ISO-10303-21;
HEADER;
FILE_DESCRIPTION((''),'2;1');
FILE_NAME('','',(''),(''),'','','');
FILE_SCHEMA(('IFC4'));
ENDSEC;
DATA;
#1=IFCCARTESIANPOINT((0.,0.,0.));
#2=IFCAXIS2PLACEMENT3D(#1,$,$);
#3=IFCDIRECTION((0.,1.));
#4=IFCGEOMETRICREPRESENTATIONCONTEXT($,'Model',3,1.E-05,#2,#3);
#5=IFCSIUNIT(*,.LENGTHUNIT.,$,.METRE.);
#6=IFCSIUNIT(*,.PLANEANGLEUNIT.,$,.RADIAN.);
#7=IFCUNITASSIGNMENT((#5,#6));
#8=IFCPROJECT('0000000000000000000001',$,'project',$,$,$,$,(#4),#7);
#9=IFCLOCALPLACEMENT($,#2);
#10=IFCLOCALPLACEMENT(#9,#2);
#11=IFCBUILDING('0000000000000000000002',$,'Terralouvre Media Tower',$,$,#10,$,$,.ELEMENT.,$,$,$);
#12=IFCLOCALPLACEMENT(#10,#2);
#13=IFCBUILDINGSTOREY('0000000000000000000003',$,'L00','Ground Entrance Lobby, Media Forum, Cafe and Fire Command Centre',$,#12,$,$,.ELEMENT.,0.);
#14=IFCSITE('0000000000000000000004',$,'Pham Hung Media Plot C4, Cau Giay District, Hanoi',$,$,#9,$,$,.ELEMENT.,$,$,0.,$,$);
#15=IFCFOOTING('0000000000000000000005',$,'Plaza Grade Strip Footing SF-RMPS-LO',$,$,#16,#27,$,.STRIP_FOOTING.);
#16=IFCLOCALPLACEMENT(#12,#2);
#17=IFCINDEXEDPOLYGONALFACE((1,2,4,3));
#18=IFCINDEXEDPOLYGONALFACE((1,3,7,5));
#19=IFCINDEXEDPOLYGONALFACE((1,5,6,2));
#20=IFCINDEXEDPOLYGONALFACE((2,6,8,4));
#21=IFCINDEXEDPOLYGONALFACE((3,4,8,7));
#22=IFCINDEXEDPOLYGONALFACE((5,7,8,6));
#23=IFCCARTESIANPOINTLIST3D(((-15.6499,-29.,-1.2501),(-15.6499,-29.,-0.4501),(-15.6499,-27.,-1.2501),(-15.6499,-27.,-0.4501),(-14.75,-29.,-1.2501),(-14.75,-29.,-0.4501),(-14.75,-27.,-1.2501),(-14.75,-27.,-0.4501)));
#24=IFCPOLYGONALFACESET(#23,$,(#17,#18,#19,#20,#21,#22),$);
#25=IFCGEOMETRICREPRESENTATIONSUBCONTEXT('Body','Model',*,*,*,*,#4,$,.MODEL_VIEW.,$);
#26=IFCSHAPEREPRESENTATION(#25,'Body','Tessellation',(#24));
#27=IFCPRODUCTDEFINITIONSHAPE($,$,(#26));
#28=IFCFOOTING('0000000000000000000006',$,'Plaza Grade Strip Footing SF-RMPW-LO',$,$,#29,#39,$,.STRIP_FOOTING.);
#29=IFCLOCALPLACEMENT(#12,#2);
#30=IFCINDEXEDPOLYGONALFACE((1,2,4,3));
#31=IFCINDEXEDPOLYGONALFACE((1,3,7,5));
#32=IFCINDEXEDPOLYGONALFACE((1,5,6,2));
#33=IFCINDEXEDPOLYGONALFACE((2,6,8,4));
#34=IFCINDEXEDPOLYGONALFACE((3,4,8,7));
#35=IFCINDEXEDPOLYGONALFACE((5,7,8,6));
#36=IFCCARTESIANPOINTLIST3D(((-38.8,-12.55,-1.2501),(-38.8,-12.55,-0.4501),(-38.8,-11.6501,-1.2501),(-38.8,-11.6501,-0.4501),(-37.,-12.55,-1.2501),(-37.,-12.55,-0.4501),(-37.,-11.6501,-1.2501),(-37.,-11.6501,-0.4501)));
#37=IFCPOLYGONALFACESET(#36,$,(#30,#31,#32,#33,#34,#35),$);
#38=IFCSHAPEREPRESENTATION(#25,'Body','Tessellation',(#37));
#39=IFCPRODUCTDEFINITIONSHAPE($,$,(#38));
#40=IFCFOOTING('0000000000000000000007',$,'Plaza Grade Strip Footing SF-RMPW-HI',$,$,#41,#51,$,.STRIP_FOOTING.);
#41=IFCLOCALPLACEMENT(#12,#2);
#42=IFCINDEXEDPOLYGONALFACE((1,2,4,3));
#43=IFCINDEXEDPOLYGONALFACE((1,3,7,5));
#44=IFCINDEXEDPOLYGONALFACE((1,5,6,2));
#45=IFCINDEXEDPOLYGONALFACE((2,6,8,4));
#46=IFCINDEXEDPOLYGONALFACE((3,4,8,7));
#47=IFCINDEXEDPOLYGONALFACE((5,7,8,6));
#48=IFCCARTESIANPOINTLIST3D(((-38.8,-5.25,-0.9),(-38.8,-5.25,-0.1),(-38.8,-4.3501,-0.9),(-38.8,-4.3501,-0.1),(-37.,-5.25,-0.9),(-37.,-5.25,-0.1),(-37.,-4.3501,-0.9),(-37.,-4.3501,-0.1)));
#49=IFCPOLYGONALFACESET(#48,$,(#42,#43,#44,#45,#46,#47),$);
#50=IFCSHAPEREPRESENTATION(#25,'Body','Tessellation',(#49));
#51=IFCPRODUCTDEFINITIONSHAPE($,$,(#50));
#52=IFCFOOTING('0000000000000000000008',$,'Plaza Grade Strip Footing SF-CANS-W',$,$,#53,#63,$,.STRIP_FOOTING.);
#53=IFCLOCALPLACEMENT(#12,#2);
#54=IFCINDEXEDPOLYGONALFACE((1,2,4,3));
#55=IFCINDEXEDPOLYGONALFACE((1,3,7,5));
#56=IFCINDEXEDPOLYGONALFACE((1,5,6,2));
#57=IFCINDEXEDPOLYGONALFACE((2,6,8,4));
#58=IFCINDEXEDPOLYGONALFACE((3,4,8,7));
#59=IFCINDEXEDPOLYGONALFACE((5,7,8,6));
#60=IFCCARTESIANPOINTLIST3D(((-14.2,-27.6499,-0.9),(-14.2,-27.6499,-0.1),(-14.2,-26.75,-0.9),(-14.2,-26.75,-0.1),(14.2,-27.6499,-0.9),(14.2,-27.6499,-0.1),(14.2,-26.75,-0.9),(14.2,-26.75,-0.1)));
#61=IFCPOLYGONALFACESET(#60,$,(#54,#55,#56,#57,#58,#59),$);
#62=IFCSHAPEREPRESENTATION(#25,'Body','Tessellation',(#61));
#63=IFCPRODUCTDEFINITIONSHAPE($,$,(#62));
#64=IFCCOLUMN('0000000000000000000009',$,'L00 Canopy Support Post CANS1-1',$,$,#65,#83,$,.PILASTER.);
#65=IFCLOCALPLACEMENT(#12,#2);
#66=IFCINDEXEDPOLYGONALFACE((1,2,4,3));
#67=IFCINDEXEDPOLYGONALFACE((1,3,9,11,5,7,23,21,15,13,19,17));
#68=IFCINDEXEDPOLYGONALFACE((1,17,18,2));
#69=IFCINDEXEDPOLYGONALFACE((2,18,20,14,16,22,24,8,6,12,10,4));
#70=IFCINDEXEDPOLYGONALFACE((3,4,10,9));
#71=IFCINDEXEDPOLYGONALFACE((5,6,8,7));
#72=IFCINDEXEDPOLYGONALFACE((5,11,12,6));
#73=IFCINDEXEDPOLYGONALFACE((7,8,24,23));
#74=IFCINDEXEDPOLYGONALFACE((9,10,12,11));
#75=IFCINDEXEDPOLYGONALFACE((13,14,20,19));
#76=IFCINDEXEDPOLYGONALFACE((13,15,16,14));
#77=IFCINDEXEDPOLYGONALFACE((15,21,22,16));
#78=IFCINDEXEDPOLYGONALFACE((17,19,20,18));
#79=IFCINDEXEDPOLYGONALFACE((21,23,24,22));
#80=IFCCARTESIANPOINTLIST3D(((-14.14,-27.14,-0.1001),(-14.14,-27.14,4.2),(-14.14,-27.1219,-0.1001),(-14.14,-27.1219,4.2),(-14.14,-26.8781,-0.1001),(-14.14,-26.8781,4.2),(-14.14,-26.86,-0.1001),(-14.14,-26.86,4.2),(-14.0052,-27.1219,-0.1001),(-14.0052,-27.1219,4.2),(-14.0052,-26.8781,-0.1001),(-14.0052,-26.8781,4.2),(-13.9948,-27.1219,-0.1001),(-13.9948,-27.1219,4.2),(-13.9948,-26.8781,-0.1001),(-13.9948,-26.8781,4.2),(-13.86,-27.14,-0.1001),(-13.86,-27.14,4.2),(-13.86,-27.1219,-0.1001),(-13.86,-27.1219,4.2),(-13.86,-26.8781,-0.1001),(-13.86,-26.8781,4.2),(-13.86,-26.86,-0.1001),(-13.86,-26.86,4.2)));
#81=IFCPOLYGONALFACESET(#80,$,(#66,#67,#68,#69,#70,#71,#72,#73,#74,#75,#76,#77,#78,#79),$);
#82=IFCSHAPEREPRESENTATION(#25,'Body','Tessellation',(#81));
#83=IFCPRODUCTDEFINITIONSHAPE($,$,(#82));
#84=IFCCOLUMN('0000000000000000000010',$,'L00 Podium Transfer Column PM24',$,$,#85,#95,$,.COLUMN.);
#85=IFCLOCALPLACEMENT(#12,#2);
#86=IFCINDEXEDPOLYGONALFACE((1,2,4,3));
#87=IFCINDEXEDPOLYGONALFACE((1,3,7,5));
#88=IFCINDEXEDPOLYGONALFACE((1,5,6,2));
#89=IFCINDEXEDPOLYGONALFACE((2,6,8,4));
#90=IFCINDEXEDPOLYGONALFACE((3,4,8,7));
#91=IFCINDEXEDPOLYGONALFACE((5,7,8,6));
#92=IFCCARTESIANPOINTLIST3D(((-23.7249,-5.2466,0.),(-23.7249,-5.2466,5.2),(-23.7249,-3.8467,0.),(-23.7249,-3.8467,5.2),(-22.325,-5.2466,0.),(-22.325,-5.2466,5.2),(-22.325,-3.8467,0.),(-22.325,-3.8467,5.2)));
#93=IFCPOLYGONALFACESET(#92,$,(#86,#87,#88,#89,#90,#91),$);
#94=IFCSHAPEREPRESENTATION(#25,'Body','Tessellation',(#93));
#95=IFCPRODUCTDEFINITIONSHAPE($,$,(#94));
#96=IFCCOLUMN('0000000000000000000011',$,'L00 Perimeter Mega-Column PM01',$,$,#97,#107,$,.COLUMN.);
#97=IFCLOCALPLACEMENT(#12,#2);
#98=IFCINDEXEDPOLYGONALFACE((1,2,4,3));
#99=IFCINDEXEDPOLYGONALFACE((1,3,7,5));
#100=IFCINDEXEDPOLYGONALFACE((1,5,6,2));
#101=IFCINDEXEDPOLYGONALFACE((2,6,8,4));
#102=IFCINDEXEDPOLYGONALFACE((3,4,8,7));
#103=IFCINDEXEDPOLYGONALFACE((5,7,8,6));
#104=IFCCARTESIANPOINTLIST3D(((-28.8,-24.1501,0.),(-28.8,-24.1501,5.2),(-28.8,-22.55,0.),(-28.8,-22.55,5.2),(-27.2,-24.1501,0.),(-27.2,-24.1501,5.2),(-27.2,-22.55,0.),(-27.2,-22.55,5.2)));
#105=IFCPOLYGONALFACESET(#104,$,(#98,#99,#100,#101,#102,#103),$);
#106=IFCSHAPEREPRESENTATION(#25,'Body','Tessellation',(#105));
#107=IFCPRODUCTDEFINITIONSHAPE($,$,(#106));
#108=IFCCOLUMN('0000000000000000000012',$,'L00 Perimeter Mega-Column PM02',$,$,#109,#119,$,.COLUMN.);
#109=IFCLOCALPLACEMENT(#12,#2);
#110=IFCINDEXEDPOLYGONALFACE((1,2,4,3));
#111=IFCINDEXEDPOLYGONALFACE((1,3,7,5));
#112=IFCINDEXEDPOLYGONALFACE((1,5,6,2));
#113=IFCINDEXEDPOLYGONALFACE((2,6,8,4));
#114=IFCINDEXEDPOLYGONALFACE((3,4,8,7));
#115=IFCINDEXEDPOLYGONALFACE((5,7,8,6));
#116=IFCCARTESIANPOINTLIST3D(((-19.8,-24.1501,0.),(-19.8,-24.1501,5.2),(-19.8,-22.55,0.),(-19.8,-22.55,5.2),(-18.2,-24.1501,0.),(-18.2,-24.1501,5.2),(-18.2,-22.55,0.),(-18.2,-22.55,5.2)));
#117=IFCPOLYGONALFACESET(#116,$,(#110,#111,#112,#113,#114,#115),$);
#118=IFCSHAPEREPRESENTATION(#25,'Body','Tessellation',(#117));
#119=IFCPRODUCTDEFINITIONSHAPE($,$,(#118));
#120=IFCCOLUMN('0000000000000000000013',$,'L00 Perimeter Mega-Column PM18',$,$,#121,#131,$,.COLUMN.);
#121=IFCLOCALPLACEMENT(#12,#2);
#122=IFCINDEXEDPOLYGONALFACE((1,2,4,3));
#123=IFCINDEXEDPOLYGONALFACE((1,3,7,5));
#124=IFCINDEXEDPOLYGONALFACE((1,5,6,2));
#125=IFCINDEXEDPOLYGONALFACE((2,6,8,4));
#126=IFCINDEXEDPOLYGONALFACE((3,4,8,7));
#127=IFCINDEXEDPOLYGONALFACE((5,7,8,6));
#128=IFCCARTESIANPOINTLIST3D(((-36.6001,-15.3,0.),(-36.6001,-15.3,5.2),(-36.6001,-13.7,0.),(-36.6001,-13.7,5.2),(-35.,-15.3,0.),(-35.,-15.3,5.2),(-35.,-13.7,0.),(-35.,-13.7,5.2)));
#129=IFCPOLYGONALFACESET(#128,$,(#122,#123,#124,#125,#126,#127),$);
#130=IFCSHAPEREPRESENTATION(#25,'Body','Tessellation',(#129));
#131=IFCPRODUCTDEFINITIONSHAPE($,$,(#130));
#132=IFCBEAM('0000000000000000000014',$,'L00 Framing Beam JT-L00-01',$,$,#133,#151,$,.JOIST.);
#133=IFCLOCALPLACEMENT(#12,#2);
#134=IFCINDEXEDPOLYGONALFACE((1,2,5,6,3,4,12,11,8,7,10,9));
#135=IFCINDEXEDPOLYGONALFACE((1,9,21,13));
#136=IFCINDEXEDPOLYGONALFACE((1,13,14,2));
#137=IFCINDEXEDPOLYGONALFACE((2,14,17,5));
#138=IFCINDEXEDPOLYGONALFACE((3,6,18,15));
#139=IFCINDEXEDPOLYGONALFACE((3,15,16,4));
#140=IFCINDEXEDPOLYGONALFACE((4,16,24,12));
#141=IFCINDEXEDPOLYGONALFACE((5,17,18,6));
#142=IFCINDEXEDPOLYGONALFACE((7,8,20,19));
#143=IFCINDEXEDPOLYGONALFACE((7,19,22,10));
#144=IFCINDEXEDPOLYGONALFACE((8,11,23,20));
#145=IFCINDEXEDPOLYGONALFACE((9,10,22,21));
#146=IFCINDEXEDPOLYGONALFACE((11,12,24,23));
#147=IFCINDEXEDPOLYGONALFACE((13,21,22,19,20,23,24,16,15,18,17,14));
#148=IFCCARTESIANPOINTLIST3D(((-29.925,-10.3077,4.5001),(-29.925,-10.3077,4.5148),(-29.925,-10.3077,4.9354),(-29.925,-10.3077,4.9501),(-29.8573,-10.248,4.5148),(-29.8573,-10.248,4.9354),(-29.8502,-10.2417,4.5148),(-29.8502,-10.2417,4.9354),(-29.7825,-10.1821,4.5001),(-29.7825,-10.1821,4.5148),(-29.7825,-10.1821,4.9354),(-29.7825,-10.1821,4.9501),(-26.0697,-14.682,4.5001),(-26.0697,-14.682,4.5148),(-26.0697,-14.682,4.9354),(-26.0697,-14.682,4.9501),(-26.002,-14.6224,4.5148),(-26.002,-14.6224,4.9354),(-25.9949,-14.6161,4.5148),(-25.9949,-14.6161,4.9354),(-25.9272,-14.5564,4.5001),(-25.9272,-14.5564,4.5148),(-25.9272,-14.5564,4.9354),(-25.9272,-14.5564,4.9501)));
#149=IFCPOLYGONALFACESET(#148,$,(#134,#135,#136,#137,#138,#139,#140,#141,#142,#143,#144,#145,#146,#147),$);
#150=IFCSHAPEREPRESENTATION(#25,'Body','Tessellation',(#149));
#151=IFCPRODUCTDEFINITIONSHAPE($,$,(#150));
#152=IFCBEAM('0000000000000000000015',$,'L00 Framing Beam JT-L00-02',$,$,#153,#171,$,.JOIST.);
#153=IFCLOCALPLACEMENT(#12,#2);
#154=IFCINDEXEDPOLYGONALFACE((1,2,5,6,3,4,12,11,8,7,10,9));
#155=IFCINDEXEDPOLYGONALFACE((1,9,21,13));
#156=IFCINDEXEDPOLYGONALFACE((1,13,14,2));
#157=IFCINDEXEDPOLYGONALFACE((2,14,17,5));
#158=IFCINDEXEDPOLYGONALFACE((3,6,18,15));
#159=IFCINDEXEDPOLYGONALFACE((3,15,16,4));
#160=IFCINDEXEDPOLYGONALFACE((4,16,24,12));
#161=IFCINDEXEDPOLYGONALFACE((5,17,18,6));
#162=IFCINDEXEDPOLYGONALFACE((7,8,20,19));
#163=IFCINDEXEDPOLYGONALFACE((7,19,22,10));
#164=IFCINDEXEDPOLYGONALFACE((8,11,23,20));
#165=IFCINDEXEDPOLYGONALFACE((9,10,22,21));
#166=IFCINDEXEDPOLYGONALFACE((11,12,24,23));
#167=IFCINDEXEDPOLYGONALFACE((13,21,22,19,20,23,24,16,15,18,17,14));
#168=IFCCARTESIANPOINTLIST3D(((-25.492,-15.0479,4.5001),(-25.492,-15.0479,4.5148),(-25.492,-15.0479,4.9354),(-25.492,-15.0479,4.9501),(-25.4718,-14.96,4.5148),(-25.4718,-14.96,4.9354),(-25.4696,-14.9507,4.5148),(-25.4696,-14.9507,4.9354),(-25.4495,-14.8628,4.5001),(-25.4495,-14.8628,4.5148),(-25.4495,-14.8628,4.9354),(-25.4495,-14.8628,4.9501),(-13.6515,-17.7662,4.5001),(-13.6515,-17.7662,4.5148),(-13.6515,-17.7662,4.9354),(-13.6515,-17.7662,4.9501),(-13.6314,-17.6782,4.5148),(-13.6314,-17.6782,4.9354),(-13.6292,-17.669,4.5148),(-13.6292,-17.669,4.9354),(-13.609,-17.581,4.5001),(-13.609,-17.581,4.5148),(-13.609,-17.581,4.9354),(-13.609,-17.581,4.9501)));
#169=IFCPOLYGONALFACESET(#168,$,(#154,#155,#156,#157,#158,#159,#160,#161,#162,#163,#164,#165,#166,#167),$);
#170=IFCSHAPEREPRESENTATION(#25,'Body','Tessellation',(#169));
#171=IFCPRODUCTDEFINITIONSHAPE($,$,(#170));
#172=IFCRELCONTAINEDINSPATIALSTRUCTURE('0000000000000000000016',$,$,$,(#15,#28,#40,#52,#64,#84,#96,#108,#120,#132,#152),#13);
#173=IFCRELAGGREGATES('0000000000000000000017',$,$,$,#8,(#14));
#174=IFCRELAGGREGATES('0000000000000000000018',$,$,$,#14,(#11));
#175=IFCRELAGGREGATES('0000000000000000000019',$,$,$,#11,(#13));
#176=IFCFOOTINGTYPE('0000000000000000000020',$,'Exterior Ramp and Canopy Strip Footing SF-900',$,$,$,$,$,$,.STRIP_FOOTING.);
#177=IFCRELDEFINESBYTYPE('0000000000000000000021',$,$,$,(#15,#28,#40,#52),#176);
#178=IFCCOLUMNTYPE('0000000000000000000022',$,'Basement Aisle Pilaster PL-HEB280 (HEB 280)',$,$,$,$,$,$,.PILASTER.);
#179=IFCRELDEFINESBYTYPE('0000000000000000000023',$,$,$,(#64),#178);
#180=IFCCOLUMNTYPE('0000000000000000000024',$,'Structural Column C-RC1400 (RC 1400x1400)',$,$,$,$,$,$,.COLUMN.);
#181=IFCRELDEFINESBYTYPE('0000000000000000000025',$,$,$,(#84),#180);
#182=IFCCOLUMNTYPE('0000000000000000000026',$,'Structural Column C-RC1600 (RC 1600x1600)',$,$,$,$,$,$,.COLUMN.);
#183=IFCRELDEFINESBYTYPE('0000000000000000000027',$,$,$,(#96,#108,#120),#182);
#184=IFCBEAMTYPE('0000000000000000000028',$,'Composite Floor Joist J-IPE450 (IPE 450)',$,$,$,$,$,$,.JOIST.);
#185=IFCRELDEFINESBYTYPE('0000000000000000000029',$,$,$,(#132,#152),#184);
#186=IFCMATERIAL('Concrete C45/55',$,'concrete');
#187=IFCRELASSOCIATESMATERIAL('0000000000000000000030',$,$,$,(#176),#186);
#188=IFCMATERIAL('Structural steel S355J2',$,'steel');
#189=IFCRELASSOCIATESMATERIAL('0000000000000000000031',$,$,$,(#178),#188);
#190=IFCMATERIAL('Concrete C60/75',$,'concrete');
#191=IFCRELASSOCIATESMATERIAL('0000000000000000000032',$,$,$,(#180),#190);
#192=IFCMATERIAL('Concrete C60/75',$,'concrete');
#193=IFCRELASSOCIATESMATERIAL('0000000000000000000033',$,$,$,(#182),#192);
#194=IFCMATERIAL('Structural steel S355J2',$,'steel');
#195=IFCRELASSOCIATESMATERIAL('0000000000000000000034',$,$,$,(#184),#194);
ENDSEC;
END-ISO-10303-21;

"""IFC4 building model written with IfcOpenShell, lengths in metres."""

from ifc_helpers import new_model, si_unit, direction, frame, origin, origin_2d, place, context, subcontext, project, spatial, rectangle, i_section, extrude, material, material_profile, profile_set, type_object, element, save


model = new_model("IFC4")

# Units and contexts
model_context = context("Model", 3, precision=1e-05, world=origin(), true_north=direction((0.0, 1.0)))
body_context = subcontext(model_context, "Body", "Model", "MODEL_VIEW")
ifc_project = project(units=[si_unit("LENGTHUNIT", "METRE"), si_unit("PLANEANGLEUNIT", "RADIAN")], contexts=[model_context])

# Site, building, storey
site_placement = place(None, origin())
site = spatial("IfcSite", under=ifc_project, at=site_placement, Name="Pham Hung Media Plot C4, Cau Giay District, Hanoi", CompositionType="ELEMENT", RefElevation=0.0)
building_placement = place(site_placement, origin())
building = spatial("IfcBuilding", under=site, at=building_placement, Name="Terralouvre Media Tower", CompositionType="ELEMENT")
storey_placement = place(building_placement, origin())
storey = spatial("IfcBuildingStorey", under=building, at=storey_placement, Name="L00", Description="Ground Entrance Lobby, Media Forum, Cafe and Fire Command Centre", CompositionType="ELEMENT", Elevation=0.0)

# Footings
ifc_material_1 = material(Name="Concrete C45/55", Category="concrete")
ifc_material_profile_1 = material_profile(ifc_material_1, rectangle(XDim=0.8999, YDim=0.8, at=origin_2d()), Name="SF 900x800")
ifc_profile_set_1 = profile_set([ifc_material_profile_1], Name="Concrete C45/55")
footing_type = type_object("IfcFootingType", Name="Exterior Ramp and Canopy Strip Footing SF-900", PredefinedType="STRIP_FOOTING", material=ifc_profile_set_1)
footing_1_placement = place(storey_placement, frame((-15.2, -29.0, -0.8501), z_axis=(0.0, 1.0, 0.0), x_axis=(-1.0, 0.0, 0.0)))
element("IfcFooting", 1, at=footing_1_placement, inside=storey, type_object=footing_type, Name="Plaza Grade Strip Footing SF-RMPS-LO", PredefinedType="STRIP_FOOTING", context=body_context, shape_type="SweptSolid", body=[
    extrude(rectangle(XDim=0.8999, YDim=0.8, at=origin_2d()), origin(), (0.0, 0.0, 1.0), 2.0),
])
for number, where, z_axis, x_axis, name in (
    (2, (-38.8, -12.1001, -0.8501), (1.0, 0.0, 0.0), (0.0, 1.0, 0.0), "Plaza Grade Strip Footing SF-RMPW-LO"),
    (3, (-38.8, -4.8, -0.5), (1.0, 0.0, 0.0), (0.0, 1.0, 0.0), "Plaza Grade Strip Footing SF-RMPW-HI"),
):
    element("IfcFooting", number, at=place(storey_placement, frame(where, z_axis=z_axis, x_axis=x_axis)), inside=storey, type_object=footing_type, Name=name, PredefinedType="STRIP_FOOTING", context=body_context, shape_type="SweptSolid", body=[
        extrude(rectangle(XDim=0.8999, YDim=0.8, at=origin_2d()), origin(), (0.0, 0.0, 1.0), 1.8),
    ])
footing_2_placement = place(storey_placement, frame((-14.2, -27.2, -0.5), z_axis=(1.0, 0.0, 0.0), x_axis=(0.0, 1.0, 0.0)))
element("IfcFooting", 4, at=footing_2_placement, inside=storey, type_object=footing_type, Name="Plaza Grade Strip Footing SF-CANS-W", PredefinedType="STRIP_FOOTING", context=body_context, shape_type="SweptSolid", body=[
    extrude(rectangle(XDim=0.8999, YDim=0.8, at=origin_2d()), origin(), (0.0, 0.0, 1.0), 28.3999),
])

# Columns
ifc_material_2 = material(Name="Structural steel S355J2", Category="steel")
ifc_material_profile_2 = material_profile(ifc_material_2, i_section(OverallWidth=0.28, OverallDepth=0.28, WebThickness=0.0105, FlangeThickness=0.0181, at=origin_2d()), Name="HEB 280")
ifc_profile_set_2 = profile_set([ifc_material_profile_2], Name="Structural steel S355J2")
column_type_1 = type_object("IfcColumnType", Name="Basement Aisle Pilaster PL-HEB280 (HEB 280)", PredefinedType="PILASTER", material=ifc_profile_set_2)
column_1_placement = place(storey_placement, frame((-14.0, -27.0, -0.1001), z_axis=(0.0, 0.0, 1.0), x_axis=(1.0, 0.0, 0.0)))
element("IfcColumn", 5, at=column_1_placement, inside=storey, type_object=column_type_1, Name="L00 Canopy Support Post CANS1-1", PredefinedType="PILASTER", context=body_context, shape_type="SweptSolid", body=[
    extrude(i_section(OverallWidth=0.28, OverallDepth=0.28, WebThickness=0.0105, FlangeThickness=0.0181, at=origin_2d()), origin(), (0.0, 0.0, 1.0), 4.3),
])
ifc_material_3 = material(Name="Concrete C60/75", Category="concrete")
ifc_material_profile_3 = material_profile(ifc_material_3, rectangle(XDim=1.3999, YDim=1.3999, at=origin_2d()), Name="RC 1400x1400")
ifc_profile_set_3 = profile_set([ifc_material_profile_3], Name="Concrete C60/75")
column_type_2 = type_object("IfcColumnType", Name="Structural Column C-RC1400 (RC 1400x1400)", PredefinedType="COLUMN", material=ifc_profile_set_3)
column_2_placement = place(storey_placement, frame((-23.0249, -4.5466, 0.0), z_axis=(0.0, 0.0, 1.0), x_axis=(1.0, 0.0, 0.0)))
element("IfcColumn", 6, at=column_2_placement, inside=storey, type_object=column_type_2, Name="L00 Podium Transfer Column PM24", PredefinedType="COLUMN", context=body_context, shape_type="SweptSolid", body=[
    extrude(rectangle(XDim=1.3999, YDim=1.3999, at=origin_2d()), origin(), (0.0, 0.0, 1.0), 5.2),
])
ifc_material_4 = material(Name="Concrete C60/75", Category="concrete")
ifc_material_profile_4 = material_profile(ifc_material_4, rectangle(XDim=1.6001, YDim=1.6001, at=origin_2d()), Name="RC 1600x1600")
ifc_profile_set_4 = profile_set([ifc_material_profile_4], Name="Concrete C60/75")
column_type_3 = type_object("IfcColumnType", Name="Structural Column C-RC1600 (RC 1600x1600)", PredefinedType="COLUMN", material=ifc_profile_set_4)
for number, where, z_axis, x_axis, name in (
    (7, (-28.0, -23.3501, 0.0), (0.0, 0.0, 1.0), (1.0, 0.0, 0.0), "L00 Perimeter Mega-Column PM01"),
    (8, (-19.0, -23.3501, 0.0), (0.0, 0.0, 1.0), (1.0, 0.0, 0.0), "L00 Perimeter Mega-Column PM02"),
    (9, (-35.8, -14.5, 0.0), (0.0, 0.0, 1.0), (1.0, 0.0, 0.0), "L00 Perimeter Mega-Column PM18"),
):
    element("IfcColumn", number, at=place(storey_placement, frame(where, z_axis=z_axis, x_axis=x_axis)), inside=storey, type_object=column_type_3, Name=name, PredefinedType="COLUMN", context=body_context, shape_type="SweptSolid", body=[
        extrude(rectangle(XDim=1.6001, YDim=1.6001, at=origin_2d()), origin(), (0.0, 0.0, 1.0), 5.2),
    ])

# Beams
ifc_material_5 = material(Name="Structural steel S355J2", Category="steel")
ifc_material_profile_5 = material_profile(ifc_material_5, i_section(OverallWidth=0.1899, OverallDepth=0.45, WebThickness=0.0095, FlangeThickness=0.0146, at=origin_2d()), Name="IPE 450")
ifc_profile_set_5 = profile_set([ifc_material_profile_5], Name="Structural steel S355J2")
beam_type_1 = type_object("IfcBeamType", Name="Composite Floor Joist J-IPE450 (IPE 450)", PredefinedType="JOIST", material=ifc_profile_set_5)
beam_1_placement = place(storey_placement, frame((-29.8538, -10.2449, 4.7251), z_axis=(0.661195, -0.750214, 0.0), x_axis=(0.750214, 0.661195, 0.0)))
element("IfcBeam", 10, at=beam_1_placement, inside=storey, type_object=beam_type_1, Name="L00 Framing Beam JT-L00-01", PredefinedType="JOIST", context=body_context, shape_type="SweptSolid", body=[
    extrude(i_section(OverallWidth=0.1899, OverallDepth=0.45, WebThickness=0.0095, FlangeThickness=0.0146, at=origin_2d()), origin(), (0.0, 0.0, 1.0), 5.8308),
])
beam_2_placement = place(storey_placement, frame((-25.4707, -14.9553, 4.7251), z_axis=(0.974645, -0.223756, 0.0), x_axis=(0.223756, 0.974645, 0.0)))
element("IfcBeam", 11, at=beam_2_placement, inside=storey, type_object=beam_type_1, Name="L00 Framing Beam JT-L00-02", PredefinedType="JOIST", context=body_context, shape_type="SweptSolid", body=[
    extrude(i_section(OverallWidth=0.1899, OverallDepth=0.45, WebThickness=0.0095, FlangeThickness=0.0146, at=origin_2d()), origin(), (0.0, 0.0, 1.0), 12.1484),
])

save(model, "model.ifc")
